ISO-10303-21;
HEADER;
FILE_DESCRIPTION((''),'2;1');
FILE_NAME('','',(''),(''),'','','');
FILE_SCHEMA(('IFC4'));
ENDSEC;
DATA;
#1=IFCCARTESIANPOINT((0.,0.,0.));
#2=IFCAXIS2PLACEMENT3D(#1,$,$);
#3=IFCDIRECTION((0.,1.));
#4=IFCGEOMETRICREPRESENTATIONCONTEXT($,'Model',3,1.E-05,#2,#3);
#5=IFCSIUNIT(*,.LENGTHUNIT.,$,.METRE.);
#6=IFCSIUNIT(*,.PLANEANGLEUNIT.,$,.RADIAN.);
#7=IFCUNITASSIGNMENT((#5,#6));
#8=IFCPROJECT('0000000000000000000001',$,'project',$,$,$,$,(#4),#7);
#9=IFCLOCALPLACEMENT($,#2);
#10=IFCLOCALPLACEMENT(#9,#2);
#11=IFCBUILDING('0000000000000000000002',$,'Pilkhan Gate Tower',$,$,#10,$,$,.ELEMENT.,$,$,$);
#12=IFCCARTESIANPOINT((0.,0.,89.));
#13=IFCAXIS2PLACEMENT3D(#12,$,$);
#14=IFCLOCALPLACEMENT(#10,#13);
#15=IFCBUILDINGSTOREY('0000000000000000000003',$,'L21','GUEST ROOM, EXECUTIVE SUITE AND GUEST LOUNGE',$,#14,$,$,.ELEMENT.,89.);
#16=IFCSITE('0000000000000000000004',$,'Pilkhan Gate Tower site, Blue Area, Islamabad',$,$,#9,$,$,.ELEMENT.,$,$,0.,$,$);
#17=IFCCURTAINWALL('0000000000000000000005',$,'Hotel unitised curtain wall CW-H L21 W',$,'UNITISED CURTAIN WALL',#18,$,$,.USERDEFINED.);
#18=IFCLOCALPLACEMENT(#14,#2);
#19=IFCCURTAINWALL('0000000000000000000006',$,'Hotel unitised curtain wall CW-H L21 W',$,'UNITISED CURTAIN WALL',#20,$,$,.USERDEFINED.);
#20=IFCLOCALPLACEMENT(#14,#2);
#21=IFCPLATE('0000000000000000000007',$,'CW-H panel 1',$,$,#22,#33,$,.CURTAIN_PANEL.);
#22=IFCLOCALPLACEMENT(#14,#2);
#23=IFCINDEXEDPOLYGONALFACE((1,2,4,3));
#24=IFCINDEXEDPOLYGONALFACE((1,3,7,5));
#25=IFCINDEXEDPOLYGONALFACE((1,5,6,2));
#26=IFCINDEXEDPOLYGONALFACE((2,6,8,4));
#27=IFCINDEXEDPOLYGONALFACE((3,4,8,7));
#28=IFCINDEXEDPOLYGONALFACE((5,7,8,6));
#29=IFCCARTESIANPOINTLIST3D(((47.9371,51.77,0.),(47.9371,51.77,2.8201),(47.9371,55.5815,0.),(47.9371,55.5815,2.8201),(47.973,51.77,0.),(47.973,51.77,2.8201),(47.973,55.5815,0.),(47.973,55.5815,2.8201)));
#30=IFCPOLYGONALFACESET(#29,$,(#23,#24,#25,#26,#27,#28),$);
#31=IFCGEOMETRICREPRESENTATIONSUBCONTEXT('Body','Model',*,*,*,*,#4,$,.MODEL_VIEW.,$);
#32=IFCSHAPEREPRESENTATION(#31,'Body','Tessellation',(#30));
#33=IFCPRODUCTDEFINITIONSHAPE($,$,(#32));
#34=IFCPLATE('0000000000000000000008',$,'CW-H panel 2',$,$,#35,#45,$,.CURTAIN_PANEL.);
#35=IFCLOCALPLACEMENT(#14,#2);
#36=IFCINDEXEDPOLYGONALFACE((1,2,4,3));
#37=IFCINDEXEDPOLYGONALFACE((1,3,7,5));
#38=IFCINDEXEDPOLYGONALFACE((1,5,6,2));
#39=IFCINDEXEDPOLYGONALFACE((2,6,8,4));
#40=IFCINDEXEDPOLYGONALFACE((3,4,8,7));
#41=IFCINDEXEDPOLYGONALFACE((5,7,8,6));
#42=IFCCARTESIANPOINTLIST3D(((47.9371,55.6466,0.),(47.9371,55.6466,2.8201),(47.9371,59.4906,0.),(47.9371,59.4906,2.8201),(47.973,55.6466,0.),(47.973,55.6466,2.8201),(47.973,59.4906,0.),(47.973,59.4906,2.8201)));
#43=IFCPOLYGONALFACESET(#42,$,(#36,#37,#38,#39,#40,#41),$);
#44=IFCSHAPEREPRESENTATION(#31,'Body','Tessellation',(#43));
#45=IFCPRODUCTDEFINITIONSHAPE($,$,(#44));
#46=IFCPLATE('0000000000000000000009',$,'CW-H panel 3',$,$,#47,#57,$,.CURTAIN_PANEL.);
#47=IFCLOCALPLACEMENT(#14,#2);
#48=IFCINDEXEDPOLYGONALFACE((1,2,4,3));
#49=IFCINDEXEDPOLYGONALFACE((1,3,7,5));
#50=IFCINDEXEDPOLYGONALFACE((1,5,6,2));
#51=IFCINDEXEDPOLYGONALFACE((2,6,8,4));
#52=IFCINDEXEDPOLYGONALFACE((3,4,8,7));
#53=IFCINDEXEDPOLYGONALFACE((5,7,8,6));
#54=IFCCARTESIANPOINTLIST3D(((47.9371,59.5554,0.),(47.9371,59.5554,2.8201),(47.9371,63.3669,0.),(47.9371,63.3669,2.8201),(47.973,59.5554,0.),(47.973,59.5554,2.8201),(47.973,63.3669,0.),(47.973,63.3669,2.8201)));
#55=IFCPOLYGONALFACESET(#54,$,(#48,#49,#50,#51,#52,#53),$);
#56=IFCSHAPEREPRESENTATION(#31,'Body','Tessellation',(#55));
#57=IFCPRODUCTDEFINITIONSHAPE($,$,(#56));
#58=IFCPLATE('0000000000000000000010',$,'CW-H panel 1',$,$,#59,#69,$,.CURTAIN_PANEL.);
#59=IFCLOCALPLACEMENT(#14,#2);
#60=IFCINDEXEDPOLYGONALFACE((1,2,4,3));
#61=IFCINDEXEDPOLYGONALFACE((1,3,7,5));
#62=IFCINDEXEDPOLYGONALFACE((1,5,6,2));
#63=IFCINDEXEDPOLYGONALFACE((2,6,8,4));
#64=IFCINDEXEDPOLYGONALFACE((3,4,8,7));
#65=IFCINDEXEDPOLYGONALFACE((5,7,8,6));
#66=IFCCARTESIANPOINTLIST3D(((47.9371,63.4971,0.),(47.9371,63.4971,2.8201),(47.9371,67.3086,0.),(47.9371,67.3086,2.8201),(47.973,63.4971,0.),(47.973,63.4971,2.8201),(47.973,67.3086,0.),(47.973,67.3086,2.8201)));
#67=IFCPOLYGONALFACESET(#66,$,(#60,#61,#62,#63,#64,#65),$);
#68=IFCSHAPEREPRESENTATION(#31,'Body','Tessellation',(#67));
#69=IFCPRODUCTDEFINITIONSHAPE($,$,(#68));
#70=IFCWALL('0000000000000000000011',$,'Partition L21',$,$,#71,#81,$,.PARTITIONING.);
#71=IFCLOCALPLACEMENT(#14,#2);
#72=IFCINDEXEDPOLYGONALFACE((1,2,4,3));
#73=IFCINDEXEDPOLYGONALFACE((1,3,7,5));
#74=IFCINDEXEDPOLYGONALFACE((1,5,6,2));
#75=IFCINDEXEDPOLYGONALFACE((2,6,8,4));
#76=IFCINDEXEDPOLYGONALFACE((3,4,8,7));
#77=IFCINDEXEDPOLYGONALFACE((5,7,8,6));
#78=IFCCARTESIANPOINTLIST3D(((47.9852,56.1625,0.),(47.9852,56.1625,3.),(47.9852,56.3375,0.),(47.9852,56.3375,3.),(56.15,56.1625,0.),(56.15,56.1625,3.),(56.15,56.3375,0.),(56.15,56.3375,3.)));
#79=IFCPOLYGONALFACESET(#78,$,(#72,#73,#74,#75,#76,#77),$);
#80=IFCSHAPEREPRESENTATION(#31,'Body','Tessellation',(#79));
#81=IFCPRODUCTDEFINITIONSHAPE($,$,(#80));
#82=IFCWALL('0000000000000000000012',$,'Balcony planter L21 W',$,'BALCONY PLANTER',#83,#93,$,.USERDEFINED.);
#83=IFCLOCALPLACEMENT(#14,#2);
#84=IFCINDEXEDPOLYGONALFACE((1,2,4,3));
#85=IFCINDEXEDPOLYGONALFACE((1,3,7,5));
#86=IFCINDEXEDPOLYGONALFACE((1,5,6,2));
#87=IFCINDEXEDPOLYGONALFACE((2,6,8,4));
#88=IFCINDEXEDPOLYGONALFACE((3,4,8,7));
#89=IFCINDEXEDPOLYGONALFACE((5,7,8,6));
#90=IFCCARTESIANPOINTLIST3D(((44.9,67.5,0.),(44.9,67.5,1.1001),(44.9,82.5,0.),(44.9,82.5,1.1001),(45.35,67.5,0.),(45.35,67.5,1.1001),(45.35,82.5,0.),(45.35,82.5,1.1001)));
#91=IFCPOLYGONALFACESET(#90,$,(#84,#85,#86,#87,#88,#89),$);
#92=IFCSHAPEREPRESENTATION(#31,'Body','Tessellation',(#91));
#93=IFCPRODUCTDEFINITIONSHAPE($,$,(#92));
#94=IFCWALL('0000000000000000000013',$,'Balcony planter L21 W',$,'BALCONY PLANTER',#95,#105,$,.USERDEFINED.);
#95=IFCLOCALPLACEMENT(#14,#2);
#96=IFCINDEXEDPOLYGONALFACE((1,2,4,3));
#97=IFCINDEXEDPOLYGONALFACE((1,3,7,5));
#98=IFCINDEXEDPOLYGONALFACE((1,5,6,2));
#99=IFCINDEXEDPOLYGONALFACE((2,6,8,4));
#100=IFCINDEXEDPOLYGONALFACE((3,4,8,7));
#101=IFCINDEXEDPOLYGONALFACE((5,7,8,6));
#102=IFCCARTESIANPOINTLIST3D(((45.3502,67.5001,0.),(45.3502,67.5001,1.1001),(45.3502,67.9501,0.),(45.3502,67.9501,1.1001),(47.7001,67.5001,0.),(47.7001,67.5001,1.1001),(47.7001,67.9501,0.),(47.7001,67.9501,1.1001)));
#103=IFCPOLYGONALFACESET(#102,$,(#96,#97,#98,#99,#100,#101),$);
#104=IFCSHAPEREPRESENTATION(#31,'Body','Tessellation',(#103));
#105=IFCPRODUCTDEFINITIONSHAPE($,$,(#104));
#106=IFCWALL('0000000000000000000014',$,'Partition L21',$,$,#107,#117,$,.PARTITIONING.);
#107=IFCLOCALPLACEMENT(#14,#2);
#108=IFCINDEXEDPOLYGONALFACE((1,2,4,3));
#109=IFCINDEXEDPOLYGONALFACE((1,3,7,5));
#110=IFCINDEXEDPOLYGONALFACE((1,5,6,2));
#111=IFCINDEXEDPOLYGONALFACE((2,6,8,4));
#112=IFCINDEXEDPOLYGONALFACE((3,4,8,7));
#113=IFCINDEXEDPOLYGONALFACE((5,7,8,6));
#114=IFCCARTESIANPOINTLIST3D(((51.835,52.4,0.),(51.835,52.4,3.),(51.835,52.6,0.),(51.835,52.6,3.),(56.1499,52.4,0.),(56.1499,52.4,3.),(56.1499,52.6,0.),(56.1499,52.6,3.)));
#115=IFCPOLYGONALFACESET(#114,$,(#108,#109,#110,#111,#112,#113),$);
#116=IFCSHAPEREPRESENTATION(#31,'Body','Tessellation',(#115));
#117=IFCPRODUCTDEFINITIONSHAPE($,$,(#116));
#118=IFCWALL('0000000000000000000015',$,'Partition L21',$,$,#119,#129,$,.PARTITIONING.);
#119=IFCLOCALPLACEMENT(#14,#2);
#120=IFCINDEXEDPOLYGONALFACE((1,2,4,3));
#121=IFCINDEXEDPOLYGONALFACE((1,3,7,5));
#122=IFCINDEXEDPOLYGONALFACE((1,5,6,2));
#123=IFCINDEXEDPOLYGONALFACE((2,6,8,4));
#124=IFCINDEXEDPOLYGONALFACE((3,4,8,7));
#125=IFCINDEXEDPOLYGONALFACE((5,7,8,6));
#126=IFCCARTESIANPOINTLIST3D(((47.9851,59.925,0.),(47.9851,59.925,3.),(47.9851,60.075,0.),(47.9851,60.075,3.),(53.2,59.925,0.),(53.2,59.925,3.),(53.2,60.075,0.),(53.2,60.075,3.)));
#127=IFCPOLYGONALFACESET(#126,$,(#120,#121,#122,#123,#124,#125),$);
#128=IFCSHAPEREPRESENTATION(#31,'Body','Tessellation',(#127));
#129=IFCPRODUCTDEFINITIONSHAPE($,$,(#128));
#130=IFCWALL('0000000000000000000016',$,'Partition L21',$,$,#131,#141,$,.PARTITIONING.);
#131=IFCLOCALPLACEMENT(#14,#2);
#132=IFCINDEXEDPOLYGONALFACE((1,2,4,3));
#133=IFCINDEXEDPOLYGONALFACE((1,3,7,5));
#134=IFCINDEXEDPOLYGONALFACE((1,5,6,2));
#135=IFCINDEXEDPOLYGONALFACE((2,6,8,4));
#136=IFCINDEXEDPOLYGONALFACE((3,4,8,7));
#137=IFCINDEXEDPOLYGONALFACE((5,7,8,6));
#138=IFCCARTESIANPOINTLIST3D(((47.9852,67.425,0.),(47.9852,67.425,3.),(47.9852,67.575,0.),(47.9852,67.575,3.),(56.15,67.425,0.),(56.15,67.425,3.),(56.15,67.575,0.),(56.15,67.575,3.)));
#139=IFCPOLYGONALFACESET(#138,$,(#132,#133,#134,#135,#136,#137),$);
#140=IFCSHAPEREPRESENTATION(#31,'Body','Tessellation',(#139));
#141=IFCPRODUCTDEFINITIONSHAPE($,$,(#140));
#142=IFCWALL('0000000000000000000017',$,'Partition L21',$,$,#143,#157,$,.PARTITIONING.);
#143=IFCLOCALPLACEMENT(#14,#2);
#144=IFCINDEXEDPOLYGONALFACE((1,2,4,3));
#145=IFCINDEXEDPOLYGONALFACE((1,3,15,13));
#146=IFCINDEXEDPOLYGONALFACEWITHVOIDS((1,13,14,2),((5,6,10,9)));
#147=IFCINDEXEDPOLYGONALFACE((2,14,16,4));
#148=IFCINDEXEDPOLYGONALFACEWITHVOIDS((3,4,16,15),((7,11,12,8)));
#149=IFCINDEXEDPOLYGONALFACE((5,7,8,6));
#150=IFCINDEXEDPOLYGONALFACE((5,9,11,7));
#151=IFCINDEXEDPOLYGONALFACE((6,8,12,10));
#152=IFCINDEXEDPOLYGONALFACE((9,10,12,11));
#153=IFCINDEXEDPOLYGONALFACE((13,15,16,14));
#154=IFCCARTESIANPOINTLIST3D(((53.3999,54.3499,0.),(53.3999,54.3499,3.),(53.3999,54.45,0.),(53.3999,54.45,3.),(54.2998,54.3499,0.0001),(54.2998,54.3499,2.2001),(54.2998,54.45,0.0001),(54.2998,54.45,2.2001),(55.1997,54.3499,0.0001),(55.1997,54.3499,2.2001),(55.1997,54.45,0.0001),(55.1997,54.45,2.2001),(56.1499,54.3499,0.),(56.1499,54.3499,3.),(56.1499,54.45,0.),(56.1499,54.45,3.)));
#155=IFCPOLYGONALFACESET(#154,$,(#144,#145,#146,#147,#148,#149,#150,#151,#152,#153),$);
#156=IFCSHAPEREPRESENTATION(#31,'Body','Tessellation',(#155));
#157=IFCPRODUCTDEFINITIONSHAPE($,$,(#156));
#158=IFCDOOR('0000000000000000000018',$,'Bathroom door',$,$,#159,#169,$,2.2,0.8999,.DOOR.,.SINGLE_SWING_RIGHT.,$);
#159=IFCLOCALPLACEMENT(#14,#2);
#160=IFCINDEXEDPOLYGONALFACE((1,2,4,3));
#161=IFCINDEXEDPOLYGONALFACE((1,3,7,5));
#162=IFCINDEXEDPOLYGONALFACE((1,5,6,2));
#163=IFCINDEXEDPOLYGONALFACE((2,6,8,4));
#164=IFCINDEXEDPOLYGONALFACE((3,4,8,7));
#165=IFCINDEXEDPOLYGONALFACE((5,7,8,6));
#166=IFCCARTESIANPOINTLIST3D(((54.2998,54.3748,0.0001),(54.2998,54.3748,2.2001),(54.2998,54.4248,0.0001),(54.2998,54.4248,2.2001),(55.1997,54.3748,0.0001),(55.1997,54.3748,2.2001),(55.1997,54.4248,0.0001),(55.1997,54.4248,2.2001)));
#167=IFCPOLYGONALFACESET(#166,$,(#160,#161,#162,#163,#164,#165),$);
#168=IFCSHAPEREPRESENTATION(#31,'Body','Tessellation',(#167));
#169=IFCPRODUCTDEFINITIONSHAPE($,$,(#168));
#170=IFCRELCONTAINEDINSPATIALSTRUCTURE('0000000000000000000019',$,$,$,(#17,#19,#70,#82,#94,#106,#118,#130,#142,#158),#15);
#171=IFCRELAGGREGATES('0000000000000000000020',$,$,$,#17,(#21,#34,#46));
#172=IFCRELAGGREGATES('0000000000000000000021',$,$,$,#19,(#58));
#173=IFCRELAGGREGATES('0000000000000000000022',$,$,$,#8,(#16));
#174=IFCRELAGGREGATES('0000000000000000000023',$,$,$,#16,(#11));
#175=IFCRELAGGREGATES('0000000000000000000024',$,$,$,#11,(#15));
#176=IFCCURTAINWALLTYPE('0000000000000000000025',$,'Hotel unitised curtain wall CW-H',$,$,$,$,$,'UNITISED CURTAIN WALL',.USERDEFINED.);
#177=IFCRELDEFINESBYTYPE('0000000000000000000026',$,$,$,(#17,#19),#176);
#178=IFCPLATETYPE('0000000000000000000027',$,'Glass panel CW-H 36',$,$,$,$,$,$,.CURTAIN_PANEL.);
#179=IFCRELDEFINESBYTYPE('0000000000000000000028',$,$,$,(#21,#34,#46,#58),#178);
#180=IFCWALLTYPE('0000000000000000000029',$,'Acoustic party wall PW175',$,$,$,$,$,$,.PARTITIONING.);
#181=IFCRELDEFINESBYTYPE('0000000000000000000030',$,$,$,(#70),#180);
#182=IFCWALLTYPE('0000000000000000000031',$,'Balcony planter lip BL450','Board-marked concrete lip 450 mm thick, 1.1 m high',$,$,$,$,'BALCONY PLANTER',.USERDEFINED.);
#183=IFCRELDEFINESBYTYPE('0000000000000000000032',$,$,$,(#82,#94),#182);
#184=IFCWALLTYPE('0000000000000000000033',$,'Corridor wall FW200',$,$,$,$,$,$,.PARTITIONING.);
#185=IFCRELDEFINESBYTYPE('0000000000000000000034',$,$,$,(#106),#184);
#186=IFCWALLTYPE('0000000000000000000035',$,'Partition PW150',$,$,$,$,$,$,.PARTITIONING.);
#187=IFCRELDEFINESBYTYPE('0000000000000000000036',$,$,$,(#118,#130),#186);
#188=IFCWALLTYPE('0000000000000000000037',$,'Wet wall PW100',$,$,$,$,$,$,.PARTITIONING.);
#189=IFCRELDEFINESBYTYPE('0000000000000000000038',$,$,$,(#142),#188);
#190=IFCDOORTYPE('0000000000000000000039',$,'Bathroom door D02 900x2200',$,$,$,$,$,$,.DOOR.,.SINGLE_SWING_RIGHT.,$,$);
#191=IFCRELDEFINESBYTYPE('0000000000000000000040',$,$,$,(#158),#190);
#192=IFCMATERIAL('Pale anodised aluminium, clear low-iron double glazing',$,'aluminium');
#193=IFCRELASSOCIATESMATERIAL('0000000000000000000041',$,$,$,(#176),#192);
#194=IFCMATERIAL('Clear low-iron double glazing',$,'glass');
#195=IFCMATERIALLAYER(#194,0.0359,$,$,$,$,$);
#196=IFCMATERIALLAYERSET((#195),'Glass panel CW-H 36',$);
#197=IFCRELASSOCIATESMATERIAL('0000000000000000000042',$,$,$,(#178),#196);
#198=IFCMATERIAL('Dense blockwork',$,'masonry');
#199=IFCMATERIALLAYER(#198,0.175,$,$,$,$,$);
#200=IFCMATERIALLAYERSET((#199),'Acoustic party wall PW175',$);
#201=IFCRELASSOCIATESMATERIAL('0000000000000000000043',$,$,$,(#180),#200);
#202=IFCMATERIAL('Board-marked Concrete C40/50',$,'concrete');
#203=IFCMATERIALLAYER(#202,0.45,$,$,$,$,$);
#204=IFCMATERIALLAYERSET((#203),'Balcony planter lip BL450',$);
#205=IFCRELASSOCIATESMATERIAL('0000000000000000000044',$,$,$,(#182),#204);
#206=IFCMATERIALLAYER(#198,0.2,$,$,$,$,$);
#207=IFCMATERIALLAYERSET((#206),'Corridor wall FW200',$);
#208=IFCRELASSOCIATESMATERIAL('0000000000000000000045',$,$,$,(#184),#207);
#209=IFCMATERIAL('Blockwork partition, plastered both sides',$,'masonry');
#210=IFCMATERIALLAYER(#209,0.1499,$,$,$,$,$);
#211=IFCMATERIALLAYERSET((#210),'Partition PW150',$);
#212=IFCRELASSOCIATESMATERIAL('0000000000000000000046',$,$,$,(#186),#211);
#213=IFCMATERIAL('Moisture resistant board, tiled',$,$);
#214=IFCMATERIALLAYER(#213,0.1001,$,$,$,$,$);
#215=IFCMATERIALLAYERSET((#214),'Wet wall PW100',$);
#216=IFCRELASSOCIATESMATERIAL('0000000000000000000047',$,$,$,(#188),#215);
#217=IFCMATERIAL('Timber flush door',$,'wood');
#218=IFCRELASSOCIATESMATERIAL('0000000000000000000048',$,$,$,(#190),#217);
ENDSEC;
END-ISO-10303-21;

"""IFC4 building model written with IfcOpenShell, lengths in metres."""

from ifc_helpers import new_model, si_unit, direction, frame, frame_2d, origin, origin_2d, place, context, subcontext, project, spatial, rectangle, extrude, material, layer, layer_set, type_object, element, fill, aggregate, save


model = new_model("IFC4")

# Units and contexts
model_context = context("Model", 3, precision=1e-05, world=origin(), true_north=direction((0.0, 1.0)))
body_context = subcontext(model_context, "Body", "Model", "MODEL_VIEW")
ifc_project = project(units=[si_unit("LENGTHUNIT", "METRE"), si_unit("PLANEANGLEUNIT", "RADIAN")], contexts=[model_context])

# Site, building, storey
site_placement = place(None, origin())
site = spatial("IfcSite", under=ifc_project, at=site_placement, Name="Pilkhan Gate Tower site, Blue Area, Islamabad", CompositionType="ELEMENT", RefElevation=0.0)
building_placement = place(site_placement, origin())
building = spatial("IfcBuilding", under=site, at=building_placement, Name="Pilkhan Gate Tower", CompositionType="ELEMENT")
storey_placement = place(building_placement, frame((0.0, 0.0, 89.0)))
storey = spatial("IfcBuildingStorey", under=building, at=storey_placement, Name="L21", Description="GUEST ROOM, EXECUTIVE SUITE AND GUEST LOUNGE", CompositionType="ELEMENT", Elevation=89.0)

# Curtain walls
ifc_material_1 = material(Name="Pale anodised aluminium, clear low-iron double glazing", Category="aluminium")
curtain_wall_type = type_object("IfcCurtainWallType", Name="Hotel unitised curtain wall CW-H", ElementType="UNITISED CURTAIN WALL", PredefinedType="USERDEFINED", material=ifc_material_1)
curtain_wall_1_placement = place(storey_placement, origin())
curtain_wall_1 = element("IfcCurtainWall", 1, at=curtain_wall_1_placement, inside=storey, type_object=curtain_wall_type, Name="Hotel unitised curtain wall CW-H L21 W", ObjectType="UNITISED CURTAIN WALL", PredefinedType="USERDEFINED")
curtain_wall_2_placement = place(storey_placement, origin())
curtain_wall_2 = element("IfcCurtainWall", 2, at=curtain_wall_2_placement, inside=storey, type_object=curtain_wall_type, Name="Hotel unitised curtain wall CW-H L21 W", ObjectType="UNITISED CURTAIN WALL", PredefinedType="USERDEFINED")

# Plates
ifc_material_2 = material(Name="Clear low-iron double glazing", Category="glass")
ifc_layer_1 = layer(ifc_material_2, 0.0359)
ifc_layer_set_1 = layer_set([ifc_layer_1], Name="Glass panel CW-H 36")
plate_type = type_object("IfcPlateType", Name="Glass panel CW-H 36", PredefinedType="CURTAIN_PANEL", material=ifc_layer_set_1)
plate_1_placement = place(storey_placement, frame((47.9551, 53.6758, 0.0), z_axis=(0.0, 0.0, 1.0), x_axis=(0.0, 1.0, 0.0)))
plate_1 = element("IfcPlate", 3, at=plate_1_placement, type_object=plate_type, Name="CW-H panel 1", PredefinedType="CURTAIN_PANEL", context=body_context, shape_type="SweptSolid", body=[
    extrude(rectangle(XDim=3.8115, YDim=0.0359, at=origin_2d()), origin(), (0.0, 0.0, 1.0), 2.8201),
])
plate_2_placement = place(storey_placement, frame((47.9551, 57.5686, 0.0), z_axis=(0.0, 0.0, 1.0), x_axis=(0.0, 1.0, 0.0)))
plate_2 = element("IfcPlate", 4, at=plate_2_placement, type_object=plate_type, Name="CW-H panel 2", PredefinedType="CURTAIN_PANEL", context=body_context, shape_type="SweptSolid", body=[
    extrude(rectangle(XDim=3.844, YDim=0.0359, at=origin_2d()), origin(), (0.0, 0.0, 1.0), 2.8201),
])
plate_3_placement = place(storey_placement, frame((47.9551, 61.4612, 0.0), z_axis=(0.0, 0.0, 1.0), x_axis=(0.0, 1.0, 0.0)))
plate_3 = element("IfcPlate", 5, at=plate_3_placement, type_object=plate_type, Name="CW-H panel 3", PredefinedType="CURTAIN_PANEL", context=body_context, shape_type="SweptSolid", body=[
    extrude(rectangle(XDim=3.8115, YDim=0.0359, at=origin_2d()), origin(), (0.0, 0.0, 1.0), 2.8201),
])
aggregate(curtain_wall_1, [plate_1, plate_2, plate_3])
plate_4_placement = place(storey_placement, frame((47.9551, 65.4028, 0.0), z_axis=(0.0, 0.0, 1.0), x_axis=(0.0, 1.0, 0.0)))
plate_4 = element("IfcPlate", 6, at=plate_4_placement, type_object=plate_type, Name="CW-H panel 1", PredefinedType="CURTAIN_PANEL", context=body_context, shape_type="SweptSolid", body=[
    extrude(rectangle(XDim=3.8115, YDim=0.0359, at=origin_2d()), origin(), (0.0, 0.0, 1.0), 2.8201),
])
aggregate(curtain_wall_2, [plate_4])

# Walls
ifc_material_3 = material(Name="Dense blockwork", Category="masonry")
ifc_layer_2 = layer(ifc_material_3, 0.175)
ifc_layer_set_2 = layer_set([ifc_layer_2], Name="Acoustic party wall PW175")
wall_type_1 = type_object("IfcWallType", Name="Acoustic party wall PW175", PredefinedType="PARTITIONING", material=ifc_layer_set_2)
wall_1_placement = place(storey_placement, frame((47.9851, 56.25, 0.0), z_axis=(0.0, 0.0, 1.0), x_axis=(1.0, 0.0, 0.0)))
element("IfcWall", 7, at=wall_1_placement, inside=storey, type_object=wall_type_1, Name="Partition L21", PredefinedType="PARTITIONING", context=body_context, shape_type="SweptSolid", body=[
    extrude(rectangle(XDim=8.1648, YDim=0.175, at=frame_2d((4.0825, 0.0))), origin(), (0.0, 0.0, 1.0), 3.0),
])
ifc_material_4 = material(Name="Board-marked Concrete C40/50", Category="concrete")
ifc_layer_3 = layer(ifc_material_4, 0.45)
ifc_layer_set_3 = layer_set([ifc_layer_3], Name="Balcony planter lip BL450")
wall_type_2 = type_object("IfcWallType", Name="Balcony planter lip BL450", Description="Board-marked concrete lip 450 mm thick, 1.1 m high", ElementType="BALCONY PLANTER", PredefinedType="USERDEFINED", material=ifc_layer_set_3)
wall_2_placement = place(storey_placement, frame((45.125, 67.5, 0.0), z_axis=(0.0, 0.0, 1.0), x_axis=(0.0, 1.0, 0.0)))
element("IfcWall", 8, at=wall_2_placement, inside=storey, type_object=wall_type_2, Name="Balcony planter L21 W", ObjectType="BALCONY PLANTER", PredefinedType="USERDEFINED", context=body_context, shape_type="SweptSolid", body=[
    extrude(rectangle(XDim=15.0, YDim=0.45, at=frame_2d((7.5, 0.0))), origin(), (0.0, 0.0, 1.0), 1.1001),
])
wall_3_placement = place(storey_placement, frame((47.7, 67.7251, 0.0), z_axis=(0.0, 0.0, 1.0), x_axis=(-1.0, 0.0, 0.0)))
element("IfcWall", 9, at=wall_3_placement, inside=storey, type_object=wall_type_2, Name="Balcony planter L21 W", ObjectType="BALCONY PLANTER", PredefinedType="USERDEFINED", context=body_context, shape_type="SweptSolid", body=[
    extrude(rectangle(XDim=2.3499, YDim=0.45, at=frame_2d((1.1748, 0.0))), origin(), (0.0, 0.0, 1.0), 1.1001),
])
ifc_layer_4 = layer(ifc_material_3, 0.2)
ifc_layer_set_4 = layer_set([ifc_layer_4], Name="Corridor wall FW200")
wall_type_3 = type_object("IfcWallType", Name="Corridor wall FW200", PredefinedType="PARTITIONING", material=ifc_layer_set_4)
wall_4_placement = place(storey_placement, frame((51.835, 52.5, 0.0), z_axis=(0.0, 0.0, 1.0), x_axis=(1.0, 0.0, 0.0)))
element("IfcWall", 10, at=wall_4_placement, inside=storey, type_object=wall_type_3, Name="Partition L21", PredefinedType="PARTITIONING", context=body_context, shape_type="SweptSolid", body=[
    extrude(rectangle(XDim=4.3149, YDim=0.2, at=frame_2d((2.1575, 0.0))), origin(), (0.0, 0.0, 1.0), 3.0),
])
ifc_material_5 = material(Name="Blockwork partition, plastered both sides", Category="masonry")
ifc_layer_5 = layer(ifc_material_5, 0.1499)
ifc_layer_set_5 = layer_set([ifc_layer_5], Name="Partition PW150")
wall_type_4 = type_object("IfcWallType", Name="Partition PW150", PredefinedType="PARTITIONING", material=ifc_layer_set_5)
wall_5_placement = place(storey_placement, frame((47.9851, 60.0, 0.0), z_axis=(0.0, 0.0, 1.0), x_axis=(1.0, 0.0, 0.0)))
element("IfcWall", 11, at=wall_5_placement, inside=storey, type_object=wall_type_4, Name="Partition L21", PredefinedType="PARTITIONING", context=body_context, shape_type="SweptSolid", body=[
    extrude(rectangle(XDim=5.2148, YDim=0.1499, at=frame_2d((2.6074, 0.0))), origin(), (0.0, 0.0, 1.0), 3.0),
])
wall_6_placement = place(storey_placement, frame((47.9851, 67.5, 0.0), z_axis=(0.0, 0.0, 1.0), x_axis=(1.0, 0.0, 0.0)))
element("IfcWall", 12, at=wall_6_placement, inside=storey, type_object=wall_type_4, Name="Partition L21", PredefinedType="PARTITIONING", context=body_context, shape_type="SweptSolid", body=[
    extrude(rectangle(XDim=8.1648, YDim=0.1499, at=frame_2d((4.0825, 0.0))), origin(), (0.0, 0.0, 1.0), 3.0),
])

# Wall, opening, door
ifc_material_6 = material(Name="Moisture resistant board, tiled")
ifc_layer_6 = layer(ifc_material_6, 0.1001)
ifc_layer_set_6 = layer_set([ifc_layer_6], Name="Wet wall PW100")
wall_type_5 = type_object("IfcWallType", Name="Wet wall PW100", PredefinedType="PARTITIONING", material=ifc_layer_set_6)
wall_7_placement = place(storey_placement, frame((53.3999, 54.3999, 0.0), z_axis=(0.0, 0.0, 1.0), x_axis=(1.0, 0.0, 0.0)))
wall_7 = element("IfcWall", 13, at=wall_7_placement, inside=storey, type_object=wall_type_5, Name="Partition L21", PredefinedType="PARTITIONING", context=body_context, shape_type="SweptSolid", body=[
    extrude(rectangle(XDim=2.75, YDim=0.1001, at=frame_2d((1.375, 0.0))), origin(), (0.0, 0.0, 1.0), 3.0),
])
opening_1_placement = place(wall_7_placement, frame((0.8999, 0.0, 0.0)))
opening_1 = element("IfcOpeningElement", 14, at=opening_1_placement, cuts=wall_7, PredefinedType="OPENING", context=body_context, shape_type="SweptSolid", body=[
    extrude(rectangle(XDim=0.8999, YDim=2.2, at=frame_2d((0.45, 1.1001))), frame((0.0, 0.0601, 0.0), z_axis=(0.0, -1.0, 0.0), x_axis=(1.0, 0.0, 0.0)), (0.0, 0.0, 1.0), 0.1201),
])
ifc_material_7 = material(Name="Timber flush door", Category="wood")
door_type = type_object("IfcDoorType", Name="Bathroom door D02 900x2200", OperationType="SINGLE_SWING_RIGHT", PredefinedType="DOOR", material=ifc_material_7)
door_1_placement = place(opening_1_placement, origin())
door_1 = element("IfcDoor", 15, at=door_1_placement, inside=storey, type_object=door_type, Name="Bathroom door", OperationType="SINGLE_SWING_RIGHT", OverallHeight=2.2, OverallWidth=0.8999, PredefinedType="DOOR", context=body_context, shape_type="SweptSolid", body=[
    extrude(rectangle(XDim=0.8999, YDim=2.2, at=frame_2d((0.45, 1.1001))), frame((0.0, 0.0249, 0.0), z_axis=(0.0, -1.0, 0.0), x_axis=(1.0, 0.0, 0.0)), (0.0, 0.0, 1.0), 0.05),
])
fill(opening_1, door_1)

save(model, "model.ifc")
